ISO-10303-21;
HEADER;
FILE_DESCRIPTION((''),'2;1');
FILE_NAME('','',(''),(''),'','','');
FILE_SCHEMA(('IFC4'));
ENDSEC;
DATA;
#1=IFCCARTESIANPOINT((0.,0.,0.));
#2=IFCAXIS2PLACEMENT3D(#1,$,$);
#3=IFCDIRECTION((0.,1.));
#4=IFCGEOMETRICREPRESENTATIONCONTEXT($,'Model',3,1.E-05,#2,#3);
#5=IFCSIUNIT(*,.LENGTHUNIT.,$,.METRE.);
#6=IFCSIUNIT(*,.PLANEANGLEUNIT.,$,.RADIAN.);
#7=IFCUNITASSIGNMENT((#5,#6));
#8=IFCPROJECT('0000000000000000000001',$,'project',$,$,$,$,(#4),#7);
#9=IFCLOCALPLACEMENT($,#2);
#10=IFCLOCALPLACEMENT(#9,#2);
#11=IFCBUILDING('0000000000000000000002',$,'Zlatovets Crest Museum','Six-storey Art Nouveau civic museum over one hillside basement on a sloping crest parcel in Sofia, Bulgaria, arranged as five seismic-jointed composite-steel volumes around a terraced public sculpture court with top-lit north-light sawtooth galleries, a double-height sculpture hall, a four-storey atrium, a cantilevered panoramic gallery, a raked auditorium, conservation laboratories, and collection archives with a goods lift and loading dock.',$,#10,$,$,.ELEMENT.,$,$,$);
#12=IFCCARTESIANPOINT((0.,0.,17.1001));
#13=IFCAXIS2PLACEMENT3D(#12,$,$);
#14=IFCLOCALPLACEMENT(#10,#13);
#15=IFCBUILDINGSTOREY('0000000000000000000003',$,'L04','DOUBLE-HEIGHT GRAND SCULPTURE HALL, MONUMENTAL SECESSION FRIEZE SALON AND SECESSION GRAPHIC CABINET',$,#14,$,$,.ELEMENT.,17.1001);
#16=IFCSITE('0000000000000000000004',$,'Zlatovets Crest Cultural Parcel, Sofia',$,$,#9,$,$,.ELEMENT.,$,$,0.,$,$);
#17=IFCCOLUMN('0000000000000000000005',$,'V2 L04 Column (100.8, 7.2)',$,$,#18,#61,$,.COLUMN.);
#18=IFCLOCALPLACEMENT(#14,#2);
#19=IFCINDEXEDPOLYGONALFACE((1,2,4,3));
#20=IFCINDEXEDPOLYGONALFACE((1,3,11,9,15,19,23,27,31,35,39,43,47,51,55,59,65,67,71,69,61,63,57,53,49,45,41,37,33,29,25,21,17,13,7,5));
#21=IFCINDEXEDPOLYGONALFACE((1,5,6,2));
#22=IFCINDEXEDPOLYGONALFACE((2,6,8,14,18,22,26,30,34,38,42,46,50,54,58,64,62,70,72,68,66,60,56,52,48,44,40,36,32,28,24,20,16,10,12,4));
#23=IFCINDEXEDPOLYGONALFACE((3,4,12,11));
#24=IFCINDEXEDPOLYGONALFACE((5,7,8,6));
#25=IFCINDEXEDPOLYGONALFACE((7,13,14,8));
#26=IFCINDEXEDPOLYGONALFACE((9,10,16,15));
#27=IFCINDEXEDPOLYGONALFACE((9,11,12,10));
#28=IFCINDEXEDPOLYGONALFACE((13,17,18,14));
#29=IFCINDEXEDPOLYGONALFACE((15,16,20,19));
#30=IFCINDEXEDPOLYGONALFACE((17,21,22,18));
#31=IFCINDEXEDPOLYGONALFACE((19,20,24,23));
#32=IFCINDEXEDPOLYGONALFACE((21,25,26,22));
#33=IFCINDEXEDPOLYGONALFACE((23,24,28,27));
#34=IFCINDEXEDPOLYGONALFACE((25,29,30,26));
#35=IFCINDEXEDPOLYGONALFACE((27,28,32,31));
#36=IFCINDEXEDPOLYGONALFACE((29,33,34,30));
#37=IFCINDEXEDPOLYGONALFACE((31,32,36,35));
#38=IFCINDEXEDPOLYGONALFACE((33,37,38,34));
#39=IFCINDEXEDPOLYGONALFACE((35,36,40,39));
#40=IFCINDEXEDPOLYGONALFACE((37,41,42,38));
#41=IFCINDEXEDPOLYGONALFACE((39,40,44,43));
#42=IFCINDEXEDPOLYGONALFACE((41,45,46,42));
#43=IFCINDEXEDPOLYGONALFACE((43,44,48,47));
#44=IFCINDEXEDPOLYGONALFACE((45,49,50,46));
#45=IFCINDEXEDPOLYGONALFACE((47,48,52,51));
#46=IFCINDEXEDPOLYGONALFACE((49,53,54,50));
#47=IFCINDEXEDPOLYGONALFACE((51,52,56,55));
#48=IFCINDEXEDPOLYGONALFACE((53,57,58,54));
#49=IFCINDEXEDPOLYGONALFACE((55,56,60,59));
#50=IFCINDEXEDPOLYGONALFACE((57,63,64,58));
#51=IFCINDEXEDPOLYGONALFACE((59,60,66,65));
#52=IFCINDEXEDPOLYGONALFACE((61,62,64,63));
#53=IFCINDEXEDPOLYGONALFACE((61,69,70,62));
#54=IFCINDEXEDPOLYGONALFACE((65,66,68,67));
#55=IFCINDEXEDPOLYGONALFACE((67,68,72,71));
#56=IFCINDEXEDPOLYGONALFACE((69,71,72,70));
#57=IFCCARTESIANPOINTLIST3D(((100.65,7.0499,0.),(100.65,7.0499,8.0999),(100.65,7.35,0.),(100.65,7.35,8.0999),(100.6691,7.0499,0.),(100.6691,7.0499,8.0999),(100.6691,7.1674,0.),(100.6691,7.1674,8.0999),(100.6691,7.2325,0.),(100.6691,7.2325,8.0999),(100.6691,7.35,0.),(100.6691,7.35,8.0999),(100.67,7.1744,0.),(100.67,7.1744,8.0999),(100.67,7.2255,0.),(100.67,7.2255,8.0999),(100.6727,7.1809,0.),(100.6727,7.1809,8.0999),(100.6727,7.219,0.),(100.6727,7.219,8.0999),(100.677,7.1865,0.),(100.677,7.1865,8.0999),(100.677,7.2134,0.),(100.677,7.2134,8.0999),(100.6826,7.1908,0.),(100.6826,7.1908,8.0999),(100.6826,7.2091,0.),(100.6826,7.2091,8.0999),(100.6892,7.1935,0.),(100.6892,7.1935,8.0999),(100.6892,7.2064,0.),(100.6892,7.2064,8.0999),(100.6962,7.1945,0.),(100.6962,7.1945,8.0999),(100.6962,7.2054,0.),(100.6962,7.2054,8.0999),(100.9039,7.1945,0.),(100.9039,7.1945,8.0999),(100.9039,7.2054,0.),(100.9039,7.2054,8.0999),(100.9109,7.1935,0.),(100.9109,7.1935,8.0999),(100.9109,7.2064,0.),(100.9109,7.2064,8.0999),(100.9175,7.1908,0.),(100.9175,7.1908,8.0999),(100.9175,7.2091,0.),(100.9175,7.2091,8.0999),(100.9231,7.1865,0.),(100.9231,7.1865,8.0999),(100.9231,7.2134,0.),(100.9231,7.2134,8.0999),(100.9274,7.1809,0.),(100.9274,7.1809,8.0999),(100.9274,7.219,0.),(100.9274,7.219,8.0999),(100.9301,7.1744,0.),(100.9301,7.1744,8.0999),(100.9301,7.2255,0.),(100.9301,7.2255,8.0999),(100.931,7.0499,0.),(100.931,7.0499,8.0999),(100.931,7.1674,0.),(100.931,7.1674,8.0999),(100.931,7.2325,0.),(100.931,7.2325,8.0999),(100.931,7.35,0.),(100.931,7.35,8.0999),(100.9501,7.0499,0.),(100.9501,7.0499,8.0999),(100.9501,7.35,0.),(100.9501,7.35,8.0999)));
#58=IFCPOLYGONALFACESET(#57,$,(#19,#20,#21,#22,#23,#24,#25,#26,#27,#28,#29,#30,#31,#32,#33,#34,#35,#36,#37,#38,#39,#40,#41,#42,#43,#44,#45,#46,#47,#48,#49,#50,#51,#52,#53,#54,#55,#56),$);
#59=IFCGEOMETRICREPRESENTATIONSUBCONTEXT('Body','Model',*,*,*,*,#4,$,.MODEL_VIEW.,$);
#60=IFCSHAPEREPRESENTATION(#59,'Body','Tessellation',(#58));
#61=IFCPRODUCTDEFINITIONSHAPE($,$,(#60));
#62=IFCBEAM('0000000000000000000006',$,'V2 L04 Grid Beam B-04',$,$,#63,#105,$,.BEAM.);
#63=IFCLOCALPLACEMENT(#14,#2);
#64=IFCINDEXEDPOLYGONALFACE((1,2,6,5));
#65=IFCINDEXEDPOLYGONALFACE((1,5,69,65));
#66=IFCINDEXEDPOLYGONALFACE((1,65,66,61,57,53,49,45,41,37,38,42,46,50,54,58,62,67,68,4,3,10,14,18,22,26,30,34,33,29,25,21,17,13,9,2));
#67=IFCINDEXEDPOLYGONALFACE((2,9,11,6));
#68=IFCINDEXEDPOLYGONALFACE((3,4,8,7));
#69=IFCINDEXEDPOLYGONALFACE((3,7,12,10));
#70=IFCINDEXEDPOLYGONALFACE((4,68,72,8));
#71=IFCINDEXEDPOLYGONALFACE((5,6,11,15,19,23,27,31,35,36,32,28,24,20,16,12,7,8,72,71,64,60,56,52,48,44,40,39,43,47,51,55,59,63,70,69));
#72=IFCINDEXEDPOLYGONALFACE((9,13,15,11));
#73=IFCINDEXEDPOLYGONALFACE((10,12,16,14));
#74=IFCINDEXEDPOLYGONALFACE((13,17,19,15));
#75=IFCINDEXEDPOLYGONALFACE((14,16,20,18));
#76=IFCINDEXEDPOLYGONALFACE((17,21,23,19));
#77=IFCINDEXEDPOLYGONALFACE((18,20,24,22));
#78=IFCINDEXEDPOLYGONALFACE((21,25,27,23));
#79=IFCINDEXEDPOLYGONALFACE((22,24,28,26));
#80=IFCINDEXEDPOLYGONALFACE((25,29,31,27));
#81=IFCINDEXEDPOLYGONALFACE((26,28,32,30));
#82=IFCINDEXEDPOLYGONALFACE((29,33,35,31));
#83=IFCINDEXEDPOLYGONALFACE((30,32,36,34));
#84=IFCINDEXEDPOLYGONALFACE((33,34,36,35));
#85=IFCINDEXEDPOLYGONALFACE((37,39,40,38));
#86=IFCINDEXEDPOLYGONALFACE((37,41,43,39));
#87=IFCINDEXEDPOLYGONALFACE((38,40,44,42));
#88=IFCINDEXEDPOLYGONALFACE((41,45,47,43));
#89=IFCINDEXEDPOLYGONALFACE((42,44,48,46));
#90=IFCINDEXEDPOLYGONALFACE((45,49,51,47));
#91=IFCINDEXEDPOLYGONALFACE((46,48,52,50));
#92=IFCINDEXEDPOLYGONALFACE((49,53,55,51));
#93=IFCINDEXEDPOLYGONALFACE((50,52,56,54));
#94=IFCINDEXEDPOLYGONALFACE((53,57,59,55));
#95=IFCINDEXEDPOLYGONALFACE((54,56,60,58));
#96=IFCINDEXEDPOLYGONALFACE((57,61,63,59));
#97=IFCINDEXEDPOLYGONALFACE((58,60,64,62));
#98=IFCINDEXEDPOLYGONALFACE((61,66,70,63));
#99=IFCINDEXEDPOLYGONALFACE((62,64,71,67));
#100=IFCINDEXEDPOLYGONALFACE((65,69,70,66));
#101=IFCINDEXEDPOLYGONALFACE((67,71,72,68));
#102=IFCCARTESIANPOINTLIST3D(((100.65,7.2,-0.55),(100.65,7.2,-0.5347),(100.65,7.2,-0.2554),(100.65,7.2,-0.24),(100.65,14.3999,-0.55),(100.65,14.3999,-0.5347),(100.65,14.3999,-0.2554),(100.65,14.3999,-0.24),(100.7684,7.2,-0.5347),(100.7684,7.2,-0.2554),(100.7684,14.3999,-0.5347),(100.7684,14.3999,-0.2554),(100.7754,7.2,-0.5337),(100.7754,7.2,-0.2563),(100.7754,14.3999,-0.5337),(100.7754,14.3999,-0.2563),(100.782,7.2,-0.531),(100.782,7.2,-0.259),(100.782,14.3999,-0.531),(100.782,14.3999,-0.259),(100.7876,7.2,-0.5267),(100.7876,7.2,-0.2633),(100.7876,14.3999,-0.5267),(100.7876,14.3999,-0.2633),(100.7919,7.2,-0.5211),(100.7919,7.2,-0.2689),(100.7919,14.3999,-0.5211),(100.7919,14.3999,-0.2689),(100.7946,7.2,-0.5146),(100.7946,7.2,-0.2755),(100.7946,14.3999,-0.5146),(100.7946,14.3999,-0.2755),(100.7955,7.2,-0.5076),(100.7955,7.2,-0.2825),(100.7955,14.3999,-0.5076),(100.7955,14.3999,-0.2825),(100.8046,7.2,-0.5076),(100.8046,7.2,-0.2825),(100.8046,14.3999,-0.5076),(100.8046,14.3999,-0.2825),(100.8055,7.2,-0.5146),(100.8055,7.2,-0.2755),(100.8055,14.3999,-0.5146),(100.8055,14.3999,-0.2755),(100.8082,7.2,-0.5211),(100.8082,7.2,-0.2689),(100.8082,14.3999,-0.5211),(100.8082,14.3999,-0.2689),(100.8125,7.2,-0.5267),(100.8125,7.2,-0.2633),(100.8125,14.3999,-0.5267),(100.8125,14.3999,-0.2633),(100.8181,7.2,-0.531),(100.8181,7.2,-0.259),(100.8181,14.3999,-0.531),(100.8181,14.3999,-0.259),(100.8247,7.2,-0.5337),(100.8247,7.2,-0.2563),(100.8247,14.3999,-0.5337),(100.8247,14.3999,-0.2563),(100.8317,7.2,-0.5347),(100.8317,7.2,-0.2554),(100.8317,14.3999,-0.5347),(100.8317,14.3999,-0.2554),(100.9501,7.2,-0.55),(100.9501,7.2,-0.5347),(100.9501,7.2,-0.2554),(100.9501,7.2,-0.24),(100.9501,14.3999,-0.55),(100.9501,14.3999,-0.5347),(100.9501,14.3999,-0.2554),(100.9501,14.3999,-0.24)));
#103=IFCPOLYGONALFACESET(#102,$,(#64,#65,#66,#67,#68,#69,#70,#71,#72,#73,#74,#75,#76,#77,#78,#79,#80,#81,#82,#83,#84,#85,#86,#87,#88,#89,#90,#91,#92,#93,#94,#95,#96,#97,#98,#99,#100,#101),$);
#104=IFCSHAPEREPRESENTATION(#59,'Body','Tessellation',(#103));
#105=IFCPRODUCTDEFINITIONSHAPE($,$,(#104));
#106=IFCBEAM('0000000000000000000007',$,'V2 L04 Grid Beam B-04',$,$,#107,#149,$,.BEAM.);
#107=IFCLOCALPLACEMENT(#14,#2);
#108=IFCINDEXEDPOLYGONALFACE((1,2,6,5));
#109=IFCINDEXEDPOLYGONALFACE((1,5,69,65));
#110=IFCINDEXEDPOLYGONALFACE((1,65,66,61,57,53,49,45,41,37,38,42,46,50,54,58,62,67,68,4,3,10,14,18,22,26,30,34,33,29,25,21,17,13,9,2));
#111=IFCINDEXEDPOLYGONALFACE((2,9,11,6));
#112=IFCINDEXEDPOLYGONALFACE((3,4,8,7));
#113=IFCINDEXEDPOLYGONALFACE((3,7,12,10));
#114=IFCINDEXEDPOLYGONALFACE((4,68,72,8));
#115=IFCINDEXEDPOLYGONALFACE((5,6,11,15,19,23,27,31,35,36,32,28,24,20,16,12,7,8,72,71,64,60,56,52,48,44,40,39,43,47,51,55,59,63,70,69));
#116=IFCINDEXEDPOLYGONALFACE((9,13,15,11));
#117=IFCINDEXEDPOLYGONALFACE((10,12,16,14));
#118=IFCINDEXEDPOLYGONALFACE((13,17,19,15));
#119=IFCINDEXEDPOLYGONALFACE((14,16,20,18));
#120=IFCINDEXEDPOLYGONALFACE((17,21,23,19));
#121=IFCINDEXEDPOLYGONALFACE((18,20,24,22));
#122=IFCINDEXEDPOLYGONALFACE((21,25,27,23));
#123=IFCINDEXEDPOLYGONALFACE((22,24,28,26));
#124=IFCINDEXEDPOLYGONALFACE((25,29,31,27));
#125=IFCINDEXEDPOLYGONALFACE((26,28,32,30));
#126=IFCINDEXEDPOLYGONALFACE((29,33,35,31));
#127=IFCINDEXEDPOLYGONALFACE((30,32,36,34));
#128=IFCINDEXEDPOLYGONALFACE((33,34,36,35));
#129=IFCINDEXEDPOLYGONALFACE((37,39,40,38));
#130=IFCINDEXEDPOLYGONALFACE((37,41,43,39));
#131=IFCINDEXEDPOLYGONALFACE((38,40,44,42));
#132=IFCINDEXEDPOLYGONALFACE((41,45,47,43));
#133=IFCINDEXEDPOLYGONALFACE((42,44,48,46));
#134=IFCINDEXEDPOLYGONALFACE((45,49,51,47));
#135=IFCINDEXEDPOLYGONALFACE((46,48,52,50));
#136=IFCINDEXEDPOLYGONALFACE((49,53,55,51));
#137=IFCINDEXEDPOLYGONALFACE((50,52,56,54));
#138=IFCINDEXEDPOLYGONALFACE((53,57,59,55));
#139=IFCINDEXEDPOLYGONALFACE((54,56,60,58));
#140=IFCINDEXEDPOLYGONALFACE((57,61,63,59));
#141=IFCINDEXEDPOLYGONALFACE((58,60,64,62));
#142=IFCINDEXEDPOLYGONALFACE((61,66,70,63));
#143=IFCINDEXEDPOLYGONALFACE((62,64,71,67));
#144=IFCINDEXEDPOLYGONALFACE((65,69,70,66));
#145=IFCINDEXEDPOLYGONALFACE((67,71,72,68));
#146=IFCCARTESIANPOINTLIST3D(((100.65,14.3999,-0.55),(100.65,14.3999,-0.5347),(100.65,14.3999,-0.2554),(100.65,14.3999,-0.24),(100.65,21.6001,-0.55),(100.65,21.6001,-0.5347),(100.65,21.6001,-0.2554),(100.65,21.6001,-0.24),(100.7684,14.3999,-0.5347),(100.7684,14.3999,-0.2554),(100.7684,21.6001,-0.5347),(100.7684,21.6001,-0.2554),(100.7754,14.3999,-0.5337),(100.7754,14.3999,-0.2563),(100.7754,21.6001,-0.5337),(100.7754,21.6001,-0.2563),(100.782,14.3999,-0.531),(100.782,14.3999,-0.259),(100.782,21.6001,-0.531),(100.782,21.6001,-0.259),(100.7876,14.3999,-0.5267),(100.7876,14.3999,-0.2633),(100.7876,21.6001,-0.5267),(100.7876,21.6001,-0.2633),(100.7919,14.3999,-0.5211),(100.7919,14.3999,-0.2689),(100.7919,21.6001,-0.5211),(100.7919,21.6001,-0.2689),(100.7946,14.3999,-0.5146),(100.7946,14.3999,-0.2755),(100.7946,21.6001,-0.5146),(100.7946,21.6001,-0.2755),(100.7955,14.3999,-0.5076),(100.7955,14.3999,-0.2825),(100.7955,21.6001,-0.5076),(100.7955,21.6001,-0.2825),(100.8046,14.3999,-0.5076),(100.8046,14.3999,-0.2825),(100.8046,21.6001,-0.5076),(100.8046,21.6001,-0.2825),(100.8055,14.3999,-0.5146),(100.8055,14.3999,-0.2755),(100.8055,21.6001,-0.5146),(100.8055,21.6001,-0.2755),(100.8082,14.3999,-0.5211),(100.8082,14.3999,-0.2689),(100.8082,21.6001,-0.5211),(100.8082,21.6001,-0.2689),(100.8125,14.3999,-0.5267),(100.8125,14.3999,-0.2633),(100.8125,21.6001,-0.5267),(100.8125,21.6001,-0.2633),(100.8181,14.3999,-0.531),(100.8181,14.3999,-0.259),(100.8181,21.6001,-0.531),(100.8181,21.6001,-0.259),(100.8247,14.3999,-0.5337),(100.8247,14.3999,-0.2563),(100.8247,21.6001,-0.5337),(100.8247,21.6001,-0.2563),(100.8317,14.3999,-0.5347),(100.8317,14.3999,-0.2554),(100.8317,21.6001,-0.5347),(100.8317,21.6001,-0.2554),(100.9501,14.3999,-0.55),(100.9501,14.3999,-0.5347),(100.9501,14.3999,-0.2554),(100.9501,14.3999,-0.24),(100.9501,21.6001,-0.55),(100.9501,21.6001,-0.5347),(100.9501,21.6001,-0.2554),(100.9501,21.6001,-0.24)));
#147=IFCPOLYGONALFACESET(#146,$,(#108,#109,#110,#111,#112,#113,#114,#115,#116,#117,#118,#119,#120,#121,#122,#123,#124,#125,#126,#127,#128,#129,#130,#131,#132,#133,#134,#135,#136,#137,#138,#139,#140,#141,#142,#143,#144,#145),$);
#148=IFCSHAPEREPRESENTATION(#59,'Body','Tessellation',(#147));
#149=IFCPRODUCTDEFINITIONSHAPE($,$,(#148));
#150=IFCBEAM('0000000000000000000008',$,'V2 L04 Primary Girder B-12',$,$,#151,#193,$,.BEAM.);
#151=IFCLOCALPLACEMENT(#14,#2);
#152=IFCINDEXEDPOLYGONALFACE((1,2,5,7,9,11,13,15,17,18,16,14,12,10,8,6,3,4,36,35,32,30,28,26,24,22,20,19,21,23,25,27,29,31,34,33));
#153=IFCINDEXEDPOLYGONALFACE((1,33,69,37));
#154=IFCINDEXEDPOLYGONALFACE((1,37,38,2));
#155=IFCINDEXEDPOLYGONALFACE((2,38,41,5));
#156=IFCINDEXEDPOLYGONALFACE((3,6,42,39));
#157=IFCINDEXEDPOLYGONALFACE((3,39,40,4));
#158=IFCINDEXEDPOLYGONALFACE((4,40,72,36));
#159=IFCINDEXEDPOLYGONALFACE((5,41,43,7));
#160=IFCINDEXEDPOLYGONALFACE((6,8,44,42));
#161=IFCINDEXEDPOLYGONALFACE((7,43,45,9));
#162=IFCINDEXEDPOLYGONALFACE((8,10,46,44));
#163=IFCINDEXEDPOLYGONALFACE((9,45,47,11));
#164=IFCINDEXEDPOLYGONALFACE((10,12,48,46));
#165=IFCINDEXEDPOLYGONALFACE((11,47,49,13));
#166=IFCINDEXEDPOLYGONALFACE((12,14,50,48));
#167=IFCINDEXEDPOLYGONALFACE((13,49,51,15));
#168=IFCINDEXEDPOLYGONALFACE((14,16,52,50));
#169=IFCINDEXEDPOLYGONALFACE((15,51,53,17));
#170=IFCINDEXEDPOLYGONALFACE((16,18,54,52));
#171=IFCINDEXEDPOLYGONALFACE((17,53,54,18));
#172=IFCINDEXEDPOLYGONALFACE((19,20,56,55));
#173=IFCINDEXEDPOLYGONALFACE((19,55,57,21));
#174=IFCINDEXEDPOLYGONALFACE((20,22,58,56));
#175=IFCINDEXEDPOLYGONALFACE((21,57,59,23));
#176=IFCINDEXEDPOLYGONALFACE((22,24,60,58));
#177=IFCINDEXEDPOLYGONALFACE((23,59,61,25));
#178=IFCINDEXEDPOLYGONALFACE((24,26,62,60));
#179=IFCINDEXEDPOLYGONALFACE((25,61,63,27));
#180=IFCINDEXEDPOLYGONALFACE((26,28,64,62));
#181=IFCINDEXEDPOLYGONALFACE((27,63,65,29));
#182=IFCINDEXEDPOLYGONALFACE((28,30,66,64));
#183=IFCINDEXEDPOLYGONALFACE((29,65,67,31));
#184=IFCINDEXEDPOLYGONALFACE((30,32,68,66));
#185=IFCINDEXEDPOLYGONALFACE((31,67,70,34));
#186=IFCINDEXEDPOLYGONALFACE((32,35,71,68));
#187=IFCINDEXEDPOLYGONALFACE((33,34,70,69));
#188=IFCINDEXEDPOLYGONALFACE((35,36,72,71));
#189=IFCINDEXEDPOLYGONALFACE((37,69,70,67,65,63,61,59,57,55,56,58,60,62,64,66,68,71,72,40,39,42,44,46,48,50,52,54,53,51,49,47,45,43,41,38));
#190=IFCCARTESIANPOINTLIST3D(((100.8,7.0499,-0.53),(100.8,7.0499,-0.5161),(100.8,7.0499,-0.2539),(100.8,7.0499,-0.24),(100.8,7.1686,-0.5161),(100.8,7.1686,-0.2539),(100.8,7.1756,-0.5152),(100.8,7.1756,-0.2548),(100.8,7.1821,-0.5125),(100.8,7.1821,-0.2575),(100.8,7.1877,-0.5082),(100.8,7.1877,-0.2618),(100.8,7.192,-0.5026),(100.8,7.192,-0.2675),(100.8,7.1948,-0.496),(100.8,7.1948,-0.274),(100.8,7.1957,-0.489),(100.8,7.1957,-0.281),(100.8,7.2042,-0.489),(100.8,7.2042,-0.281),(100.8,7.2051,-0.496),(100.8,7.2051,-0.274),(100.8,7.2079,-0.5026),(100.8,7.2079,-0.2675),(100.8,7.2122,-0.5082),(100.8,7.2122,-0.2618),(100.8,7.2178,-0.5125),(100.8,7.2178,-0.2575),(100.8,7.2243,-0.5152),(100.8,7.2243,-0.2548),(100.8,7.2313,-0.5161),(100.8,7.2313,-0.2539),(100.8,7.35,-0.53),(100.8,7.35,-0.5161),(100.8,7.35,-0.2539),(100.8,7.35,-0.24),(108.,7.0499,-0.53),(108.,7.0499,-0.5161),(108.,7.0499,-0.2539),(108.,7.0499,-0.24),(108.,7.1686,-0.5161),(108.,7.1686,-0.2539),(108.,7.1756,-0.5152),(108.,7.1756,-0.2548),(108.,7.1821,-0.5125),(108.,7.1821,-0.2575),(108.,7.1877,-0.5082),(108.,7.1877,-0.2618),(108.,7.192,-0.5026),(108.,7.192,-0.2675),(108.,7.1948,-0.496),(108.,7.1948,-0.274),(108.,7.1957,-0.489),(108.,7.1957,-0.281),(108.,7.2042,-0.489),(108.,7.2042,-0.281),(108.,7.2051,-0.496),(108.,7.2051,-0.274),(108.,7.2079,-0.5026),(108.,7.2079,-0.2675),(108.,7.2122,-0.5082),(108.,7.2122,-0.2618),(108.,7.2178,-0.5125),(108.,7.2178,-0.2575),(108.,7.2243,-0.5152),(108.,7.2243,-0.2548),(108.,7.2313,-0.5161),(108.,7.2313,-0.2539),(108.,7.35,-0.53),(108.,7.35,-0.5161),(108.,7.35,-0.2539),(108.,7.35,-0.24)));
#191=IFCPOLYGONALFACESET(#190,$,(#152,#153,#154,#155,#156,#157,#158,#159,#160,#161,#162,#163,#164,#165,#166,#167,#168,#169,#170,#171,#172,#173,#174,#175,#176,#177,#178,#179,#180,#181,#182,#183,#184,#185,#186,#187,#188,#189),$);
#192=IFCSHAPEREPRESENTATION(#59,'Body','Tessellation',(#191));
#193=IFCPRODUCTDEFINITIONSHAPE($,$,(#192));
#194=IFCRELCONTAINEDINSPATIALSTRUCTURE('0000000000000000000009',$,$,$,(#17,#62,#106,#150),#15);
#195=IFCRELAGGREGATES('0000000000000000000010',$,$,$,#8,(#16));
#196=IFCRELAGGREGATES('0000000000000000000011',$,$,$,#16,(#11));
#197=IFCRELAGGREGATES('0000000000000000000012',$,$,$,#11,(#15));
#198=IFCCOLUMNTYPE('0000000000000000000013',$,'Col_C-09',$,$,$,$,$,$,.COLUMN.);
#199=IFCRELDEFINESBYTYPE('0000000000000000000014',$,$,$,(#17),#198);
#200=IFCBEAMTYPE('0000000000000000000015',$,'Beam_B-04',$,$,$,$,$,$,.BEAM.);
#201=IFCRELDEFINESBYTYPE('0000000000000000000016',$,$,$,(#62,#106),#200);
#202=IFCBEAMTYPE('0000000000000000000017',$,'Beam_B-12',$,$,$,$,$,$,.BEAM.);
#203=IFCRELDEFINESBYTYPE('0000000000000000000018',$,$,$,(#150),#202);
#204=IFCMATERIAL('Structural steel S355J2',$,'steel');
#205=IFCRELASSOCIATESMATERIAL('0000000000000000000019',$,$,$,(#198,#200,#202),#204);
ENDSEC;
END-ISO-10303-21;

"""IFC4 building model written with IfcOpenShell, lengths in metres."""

from ifc_helpers import new_model, si_unit, direction, frame, origin, origin_2d, place, context, subcontext, project, spatial, i_section, extrude, material, material_profile, profile_set, type_object, element, save


model = new_model("IFC4")

# Units and contexts
model_context = context("Model", 3, precision=1e-05, world=origin(), true_north=direction((0.0, 1.0)))
body_context = subcontext(model_context, "Body", "Model", "MODEL_VIEW")
ifc_project = project(units=[si_unit("LENGTHUNIT", "METRE"), si_unit("PLANEANGLEUNIT", "RADIAN")], contexts=[model_context])

# Site, building, storey
site_placement = place(None, origin())
site = spatial("IfcSite", under=ifc_project, at=site_placement, Name="Zlatovets Crest Cultural Parcel, Sofia", CompositionType="ELEMENT", RefElevation=0.0)
building_placement = place(site_placement, origin())
building = spatial("IfcBuilding", under=site, at=building_placement, Name="Zlatovets Crest Museum", Description="Six-storey Art Nouveau civic museum over one hillside basement on a sloping crest parcel in Sofia, Bulgaria, arranged as five seismic-jointed composite-steel volumes around a terraced public sculpture court with top-lit north-light sawtooth galleries, a double-height sculpture hall, a four-storey atrium, a cantilevered panoramic gallery, a raked auditorium, conservation laboratories, and collection archives with a goods lift and loading dock.", CompositionType="ELEMENT")
storey_placement = place(building_placement, frame((0.0, 0.0, 17.1001)))
storey = spatial("IfcBuildingStorey", under=building, at=storey_placement, Name="L04", Description="DOUBLE-HEIGHT GRAND SCULPTURE HALL, MONUMENTAL SECESSION FRIEZE SALON AND SECESSION GRAPHIC CABINET", CompositionType="ELEMENT", Elevation=17.1001)

# Column
ifc_material_1 = material(Name="Structural steel S355J2", Category="steel")
ifc_material_profile_1 = material_profile(ifc_material_1, i_section(OverallWidth=0.3, OverallDepth=0.3, WebThickness=0.011, FlangeThickness=0.019, FilletRadius=0.0271, at=origin_2d()), Name="HEB 300")
ifc_profile_set_1 = profile_set([ifc_material_profile_1], Name="Structural steel S355J2")
column_type = type_object("IfcColumnType", Name="Col_C-09", PredefinedType="COLUMN", material=ifc_profile_set_1)
column_placement = place(storey_placement, frame((100.8, 7.2, 0.0), z_axis=(0.0, 0.0, 1.0), x_axis=(0.0, 1.0, 0.0)))
element("IfcColumn", 1, at=column_placement, inside=storey, type_object=column_type, Name="V2 L04 Column (100.8, 7.2)", PredefinedType="COLUMN", context=body_context, shape_type="SweptSolid", body=[
    extrude(i_section(OverallWidth=0.3, OverallDepth=0.3, WebThickness=0.011, FlangeThickness=0.019, FilletRadius=0.0271, at=origin_2d()), origin(), (0.0, 0.0, 1.0), 8.0999),
])

# Beams
ifc_material_profile_2 = material_profile(ifc_material_1, i_section(OverallWidth=0.3, OverallDepth=0.3101, WebThickness=0.009, FlangeThickness=0.0154, FilletRadius=0.0271, at=origin_2d()), Name="HEA 320")
ifc_profile_set_2 = profile_set([ifc_material_profile_2], Name="Structural steel S355J2")
beam_type_1 = type_object("IfcBeamType", Name="Beam_B-04", PredefinedType="BEAM", material=ifc_profile_set_2)
beam_1_placement = place(storey_placement, frame((100.8, 7.2, -0.395), z_axis=(0.0, 1.0, 0.0), x_axis=(-1.0, 0.0, 0.0)))
element("IfcBeam", 2, at=beam_1_placement, inside=storey, type_object=beam_type_1, Name="V2 L04 Grid Beam B-04", PredefinedType="BEAM", context=body_context, shape_type="SweptSolid", body=[
    extrude(i_section(OverallWidth=0.3, OverallDepth=0.3101, WebThickness=0.009, FlangeThickness=0.0154, FilletRadius=0.0271, at=origin_2d()), origin(), (0.0, 0.0, 1.0), 7.2),
])
beam_2_placement = place(storey_placement, frame((100.8, 14.3999, -0.395), z_axis=(0.0, 1.0, 0.0), x_axis=(-1.0, 0.0, 0.0)))
element("IfcBeam", 3, at=beam_2_placement, inside=storey, type_object=beam_type_1, Name="V2 L04 Grid Beam B-04", PredefinedType="BEAM", context=body_context, shape_type="SweptSolid", body=[
    extrude(i_section(OverallWidth=0.3, OverallDepth=0.3101, WebThickness=0.009, FlangeThickness=0.0154, FilletRadius=0.0271, at=origin_2d()), origin(), (0.0, 0.0, 1.0), 7.2002),
])
ifc_material_profile_3 = material_profile(ifc_material_1, i_section(OverallWidth=0.3, OverallDepth=0.29, WebThickness=0.0085, FlangeThickness=0.0139, FilletRadius=0.0271, at=origin_2d()), Name="HEA 300")
ifc_profile_set_3 = profile_set([ifc_material_profile_3], Name="Structural steel S355J2")
beam_type_2 = type_object("IfcBeamType", Name="Beam_B-12", PredefinedType="BEAM", material=ifc_profile_set_3)
beam_3_placement = place(storey_placement, frame((100.8, 7.2, -0.385), z_axis=(1.0, 0.0, 0.0), x_axis=(0.0, 1.0, 0.0)))
element("IfcBeam", 4, at=beam_3_placement, inside=storey, type_object=beam_type_2, Name="V2 L04 Primary Girder B-12", PredefinedType="BEAM", context=body_context, shape_type="SweptSolid", body=[
    extrude(i_section(OverallWidth=0.3, OverallDepth=0.29, WebThickness=0.0085, FlangeThickness=0.0139, FilletRadius=0.0271, at=origin_2d()), origin(), (0.0, 0.0, 1.0), 7.2),
])

save(model, "model.ifc")
